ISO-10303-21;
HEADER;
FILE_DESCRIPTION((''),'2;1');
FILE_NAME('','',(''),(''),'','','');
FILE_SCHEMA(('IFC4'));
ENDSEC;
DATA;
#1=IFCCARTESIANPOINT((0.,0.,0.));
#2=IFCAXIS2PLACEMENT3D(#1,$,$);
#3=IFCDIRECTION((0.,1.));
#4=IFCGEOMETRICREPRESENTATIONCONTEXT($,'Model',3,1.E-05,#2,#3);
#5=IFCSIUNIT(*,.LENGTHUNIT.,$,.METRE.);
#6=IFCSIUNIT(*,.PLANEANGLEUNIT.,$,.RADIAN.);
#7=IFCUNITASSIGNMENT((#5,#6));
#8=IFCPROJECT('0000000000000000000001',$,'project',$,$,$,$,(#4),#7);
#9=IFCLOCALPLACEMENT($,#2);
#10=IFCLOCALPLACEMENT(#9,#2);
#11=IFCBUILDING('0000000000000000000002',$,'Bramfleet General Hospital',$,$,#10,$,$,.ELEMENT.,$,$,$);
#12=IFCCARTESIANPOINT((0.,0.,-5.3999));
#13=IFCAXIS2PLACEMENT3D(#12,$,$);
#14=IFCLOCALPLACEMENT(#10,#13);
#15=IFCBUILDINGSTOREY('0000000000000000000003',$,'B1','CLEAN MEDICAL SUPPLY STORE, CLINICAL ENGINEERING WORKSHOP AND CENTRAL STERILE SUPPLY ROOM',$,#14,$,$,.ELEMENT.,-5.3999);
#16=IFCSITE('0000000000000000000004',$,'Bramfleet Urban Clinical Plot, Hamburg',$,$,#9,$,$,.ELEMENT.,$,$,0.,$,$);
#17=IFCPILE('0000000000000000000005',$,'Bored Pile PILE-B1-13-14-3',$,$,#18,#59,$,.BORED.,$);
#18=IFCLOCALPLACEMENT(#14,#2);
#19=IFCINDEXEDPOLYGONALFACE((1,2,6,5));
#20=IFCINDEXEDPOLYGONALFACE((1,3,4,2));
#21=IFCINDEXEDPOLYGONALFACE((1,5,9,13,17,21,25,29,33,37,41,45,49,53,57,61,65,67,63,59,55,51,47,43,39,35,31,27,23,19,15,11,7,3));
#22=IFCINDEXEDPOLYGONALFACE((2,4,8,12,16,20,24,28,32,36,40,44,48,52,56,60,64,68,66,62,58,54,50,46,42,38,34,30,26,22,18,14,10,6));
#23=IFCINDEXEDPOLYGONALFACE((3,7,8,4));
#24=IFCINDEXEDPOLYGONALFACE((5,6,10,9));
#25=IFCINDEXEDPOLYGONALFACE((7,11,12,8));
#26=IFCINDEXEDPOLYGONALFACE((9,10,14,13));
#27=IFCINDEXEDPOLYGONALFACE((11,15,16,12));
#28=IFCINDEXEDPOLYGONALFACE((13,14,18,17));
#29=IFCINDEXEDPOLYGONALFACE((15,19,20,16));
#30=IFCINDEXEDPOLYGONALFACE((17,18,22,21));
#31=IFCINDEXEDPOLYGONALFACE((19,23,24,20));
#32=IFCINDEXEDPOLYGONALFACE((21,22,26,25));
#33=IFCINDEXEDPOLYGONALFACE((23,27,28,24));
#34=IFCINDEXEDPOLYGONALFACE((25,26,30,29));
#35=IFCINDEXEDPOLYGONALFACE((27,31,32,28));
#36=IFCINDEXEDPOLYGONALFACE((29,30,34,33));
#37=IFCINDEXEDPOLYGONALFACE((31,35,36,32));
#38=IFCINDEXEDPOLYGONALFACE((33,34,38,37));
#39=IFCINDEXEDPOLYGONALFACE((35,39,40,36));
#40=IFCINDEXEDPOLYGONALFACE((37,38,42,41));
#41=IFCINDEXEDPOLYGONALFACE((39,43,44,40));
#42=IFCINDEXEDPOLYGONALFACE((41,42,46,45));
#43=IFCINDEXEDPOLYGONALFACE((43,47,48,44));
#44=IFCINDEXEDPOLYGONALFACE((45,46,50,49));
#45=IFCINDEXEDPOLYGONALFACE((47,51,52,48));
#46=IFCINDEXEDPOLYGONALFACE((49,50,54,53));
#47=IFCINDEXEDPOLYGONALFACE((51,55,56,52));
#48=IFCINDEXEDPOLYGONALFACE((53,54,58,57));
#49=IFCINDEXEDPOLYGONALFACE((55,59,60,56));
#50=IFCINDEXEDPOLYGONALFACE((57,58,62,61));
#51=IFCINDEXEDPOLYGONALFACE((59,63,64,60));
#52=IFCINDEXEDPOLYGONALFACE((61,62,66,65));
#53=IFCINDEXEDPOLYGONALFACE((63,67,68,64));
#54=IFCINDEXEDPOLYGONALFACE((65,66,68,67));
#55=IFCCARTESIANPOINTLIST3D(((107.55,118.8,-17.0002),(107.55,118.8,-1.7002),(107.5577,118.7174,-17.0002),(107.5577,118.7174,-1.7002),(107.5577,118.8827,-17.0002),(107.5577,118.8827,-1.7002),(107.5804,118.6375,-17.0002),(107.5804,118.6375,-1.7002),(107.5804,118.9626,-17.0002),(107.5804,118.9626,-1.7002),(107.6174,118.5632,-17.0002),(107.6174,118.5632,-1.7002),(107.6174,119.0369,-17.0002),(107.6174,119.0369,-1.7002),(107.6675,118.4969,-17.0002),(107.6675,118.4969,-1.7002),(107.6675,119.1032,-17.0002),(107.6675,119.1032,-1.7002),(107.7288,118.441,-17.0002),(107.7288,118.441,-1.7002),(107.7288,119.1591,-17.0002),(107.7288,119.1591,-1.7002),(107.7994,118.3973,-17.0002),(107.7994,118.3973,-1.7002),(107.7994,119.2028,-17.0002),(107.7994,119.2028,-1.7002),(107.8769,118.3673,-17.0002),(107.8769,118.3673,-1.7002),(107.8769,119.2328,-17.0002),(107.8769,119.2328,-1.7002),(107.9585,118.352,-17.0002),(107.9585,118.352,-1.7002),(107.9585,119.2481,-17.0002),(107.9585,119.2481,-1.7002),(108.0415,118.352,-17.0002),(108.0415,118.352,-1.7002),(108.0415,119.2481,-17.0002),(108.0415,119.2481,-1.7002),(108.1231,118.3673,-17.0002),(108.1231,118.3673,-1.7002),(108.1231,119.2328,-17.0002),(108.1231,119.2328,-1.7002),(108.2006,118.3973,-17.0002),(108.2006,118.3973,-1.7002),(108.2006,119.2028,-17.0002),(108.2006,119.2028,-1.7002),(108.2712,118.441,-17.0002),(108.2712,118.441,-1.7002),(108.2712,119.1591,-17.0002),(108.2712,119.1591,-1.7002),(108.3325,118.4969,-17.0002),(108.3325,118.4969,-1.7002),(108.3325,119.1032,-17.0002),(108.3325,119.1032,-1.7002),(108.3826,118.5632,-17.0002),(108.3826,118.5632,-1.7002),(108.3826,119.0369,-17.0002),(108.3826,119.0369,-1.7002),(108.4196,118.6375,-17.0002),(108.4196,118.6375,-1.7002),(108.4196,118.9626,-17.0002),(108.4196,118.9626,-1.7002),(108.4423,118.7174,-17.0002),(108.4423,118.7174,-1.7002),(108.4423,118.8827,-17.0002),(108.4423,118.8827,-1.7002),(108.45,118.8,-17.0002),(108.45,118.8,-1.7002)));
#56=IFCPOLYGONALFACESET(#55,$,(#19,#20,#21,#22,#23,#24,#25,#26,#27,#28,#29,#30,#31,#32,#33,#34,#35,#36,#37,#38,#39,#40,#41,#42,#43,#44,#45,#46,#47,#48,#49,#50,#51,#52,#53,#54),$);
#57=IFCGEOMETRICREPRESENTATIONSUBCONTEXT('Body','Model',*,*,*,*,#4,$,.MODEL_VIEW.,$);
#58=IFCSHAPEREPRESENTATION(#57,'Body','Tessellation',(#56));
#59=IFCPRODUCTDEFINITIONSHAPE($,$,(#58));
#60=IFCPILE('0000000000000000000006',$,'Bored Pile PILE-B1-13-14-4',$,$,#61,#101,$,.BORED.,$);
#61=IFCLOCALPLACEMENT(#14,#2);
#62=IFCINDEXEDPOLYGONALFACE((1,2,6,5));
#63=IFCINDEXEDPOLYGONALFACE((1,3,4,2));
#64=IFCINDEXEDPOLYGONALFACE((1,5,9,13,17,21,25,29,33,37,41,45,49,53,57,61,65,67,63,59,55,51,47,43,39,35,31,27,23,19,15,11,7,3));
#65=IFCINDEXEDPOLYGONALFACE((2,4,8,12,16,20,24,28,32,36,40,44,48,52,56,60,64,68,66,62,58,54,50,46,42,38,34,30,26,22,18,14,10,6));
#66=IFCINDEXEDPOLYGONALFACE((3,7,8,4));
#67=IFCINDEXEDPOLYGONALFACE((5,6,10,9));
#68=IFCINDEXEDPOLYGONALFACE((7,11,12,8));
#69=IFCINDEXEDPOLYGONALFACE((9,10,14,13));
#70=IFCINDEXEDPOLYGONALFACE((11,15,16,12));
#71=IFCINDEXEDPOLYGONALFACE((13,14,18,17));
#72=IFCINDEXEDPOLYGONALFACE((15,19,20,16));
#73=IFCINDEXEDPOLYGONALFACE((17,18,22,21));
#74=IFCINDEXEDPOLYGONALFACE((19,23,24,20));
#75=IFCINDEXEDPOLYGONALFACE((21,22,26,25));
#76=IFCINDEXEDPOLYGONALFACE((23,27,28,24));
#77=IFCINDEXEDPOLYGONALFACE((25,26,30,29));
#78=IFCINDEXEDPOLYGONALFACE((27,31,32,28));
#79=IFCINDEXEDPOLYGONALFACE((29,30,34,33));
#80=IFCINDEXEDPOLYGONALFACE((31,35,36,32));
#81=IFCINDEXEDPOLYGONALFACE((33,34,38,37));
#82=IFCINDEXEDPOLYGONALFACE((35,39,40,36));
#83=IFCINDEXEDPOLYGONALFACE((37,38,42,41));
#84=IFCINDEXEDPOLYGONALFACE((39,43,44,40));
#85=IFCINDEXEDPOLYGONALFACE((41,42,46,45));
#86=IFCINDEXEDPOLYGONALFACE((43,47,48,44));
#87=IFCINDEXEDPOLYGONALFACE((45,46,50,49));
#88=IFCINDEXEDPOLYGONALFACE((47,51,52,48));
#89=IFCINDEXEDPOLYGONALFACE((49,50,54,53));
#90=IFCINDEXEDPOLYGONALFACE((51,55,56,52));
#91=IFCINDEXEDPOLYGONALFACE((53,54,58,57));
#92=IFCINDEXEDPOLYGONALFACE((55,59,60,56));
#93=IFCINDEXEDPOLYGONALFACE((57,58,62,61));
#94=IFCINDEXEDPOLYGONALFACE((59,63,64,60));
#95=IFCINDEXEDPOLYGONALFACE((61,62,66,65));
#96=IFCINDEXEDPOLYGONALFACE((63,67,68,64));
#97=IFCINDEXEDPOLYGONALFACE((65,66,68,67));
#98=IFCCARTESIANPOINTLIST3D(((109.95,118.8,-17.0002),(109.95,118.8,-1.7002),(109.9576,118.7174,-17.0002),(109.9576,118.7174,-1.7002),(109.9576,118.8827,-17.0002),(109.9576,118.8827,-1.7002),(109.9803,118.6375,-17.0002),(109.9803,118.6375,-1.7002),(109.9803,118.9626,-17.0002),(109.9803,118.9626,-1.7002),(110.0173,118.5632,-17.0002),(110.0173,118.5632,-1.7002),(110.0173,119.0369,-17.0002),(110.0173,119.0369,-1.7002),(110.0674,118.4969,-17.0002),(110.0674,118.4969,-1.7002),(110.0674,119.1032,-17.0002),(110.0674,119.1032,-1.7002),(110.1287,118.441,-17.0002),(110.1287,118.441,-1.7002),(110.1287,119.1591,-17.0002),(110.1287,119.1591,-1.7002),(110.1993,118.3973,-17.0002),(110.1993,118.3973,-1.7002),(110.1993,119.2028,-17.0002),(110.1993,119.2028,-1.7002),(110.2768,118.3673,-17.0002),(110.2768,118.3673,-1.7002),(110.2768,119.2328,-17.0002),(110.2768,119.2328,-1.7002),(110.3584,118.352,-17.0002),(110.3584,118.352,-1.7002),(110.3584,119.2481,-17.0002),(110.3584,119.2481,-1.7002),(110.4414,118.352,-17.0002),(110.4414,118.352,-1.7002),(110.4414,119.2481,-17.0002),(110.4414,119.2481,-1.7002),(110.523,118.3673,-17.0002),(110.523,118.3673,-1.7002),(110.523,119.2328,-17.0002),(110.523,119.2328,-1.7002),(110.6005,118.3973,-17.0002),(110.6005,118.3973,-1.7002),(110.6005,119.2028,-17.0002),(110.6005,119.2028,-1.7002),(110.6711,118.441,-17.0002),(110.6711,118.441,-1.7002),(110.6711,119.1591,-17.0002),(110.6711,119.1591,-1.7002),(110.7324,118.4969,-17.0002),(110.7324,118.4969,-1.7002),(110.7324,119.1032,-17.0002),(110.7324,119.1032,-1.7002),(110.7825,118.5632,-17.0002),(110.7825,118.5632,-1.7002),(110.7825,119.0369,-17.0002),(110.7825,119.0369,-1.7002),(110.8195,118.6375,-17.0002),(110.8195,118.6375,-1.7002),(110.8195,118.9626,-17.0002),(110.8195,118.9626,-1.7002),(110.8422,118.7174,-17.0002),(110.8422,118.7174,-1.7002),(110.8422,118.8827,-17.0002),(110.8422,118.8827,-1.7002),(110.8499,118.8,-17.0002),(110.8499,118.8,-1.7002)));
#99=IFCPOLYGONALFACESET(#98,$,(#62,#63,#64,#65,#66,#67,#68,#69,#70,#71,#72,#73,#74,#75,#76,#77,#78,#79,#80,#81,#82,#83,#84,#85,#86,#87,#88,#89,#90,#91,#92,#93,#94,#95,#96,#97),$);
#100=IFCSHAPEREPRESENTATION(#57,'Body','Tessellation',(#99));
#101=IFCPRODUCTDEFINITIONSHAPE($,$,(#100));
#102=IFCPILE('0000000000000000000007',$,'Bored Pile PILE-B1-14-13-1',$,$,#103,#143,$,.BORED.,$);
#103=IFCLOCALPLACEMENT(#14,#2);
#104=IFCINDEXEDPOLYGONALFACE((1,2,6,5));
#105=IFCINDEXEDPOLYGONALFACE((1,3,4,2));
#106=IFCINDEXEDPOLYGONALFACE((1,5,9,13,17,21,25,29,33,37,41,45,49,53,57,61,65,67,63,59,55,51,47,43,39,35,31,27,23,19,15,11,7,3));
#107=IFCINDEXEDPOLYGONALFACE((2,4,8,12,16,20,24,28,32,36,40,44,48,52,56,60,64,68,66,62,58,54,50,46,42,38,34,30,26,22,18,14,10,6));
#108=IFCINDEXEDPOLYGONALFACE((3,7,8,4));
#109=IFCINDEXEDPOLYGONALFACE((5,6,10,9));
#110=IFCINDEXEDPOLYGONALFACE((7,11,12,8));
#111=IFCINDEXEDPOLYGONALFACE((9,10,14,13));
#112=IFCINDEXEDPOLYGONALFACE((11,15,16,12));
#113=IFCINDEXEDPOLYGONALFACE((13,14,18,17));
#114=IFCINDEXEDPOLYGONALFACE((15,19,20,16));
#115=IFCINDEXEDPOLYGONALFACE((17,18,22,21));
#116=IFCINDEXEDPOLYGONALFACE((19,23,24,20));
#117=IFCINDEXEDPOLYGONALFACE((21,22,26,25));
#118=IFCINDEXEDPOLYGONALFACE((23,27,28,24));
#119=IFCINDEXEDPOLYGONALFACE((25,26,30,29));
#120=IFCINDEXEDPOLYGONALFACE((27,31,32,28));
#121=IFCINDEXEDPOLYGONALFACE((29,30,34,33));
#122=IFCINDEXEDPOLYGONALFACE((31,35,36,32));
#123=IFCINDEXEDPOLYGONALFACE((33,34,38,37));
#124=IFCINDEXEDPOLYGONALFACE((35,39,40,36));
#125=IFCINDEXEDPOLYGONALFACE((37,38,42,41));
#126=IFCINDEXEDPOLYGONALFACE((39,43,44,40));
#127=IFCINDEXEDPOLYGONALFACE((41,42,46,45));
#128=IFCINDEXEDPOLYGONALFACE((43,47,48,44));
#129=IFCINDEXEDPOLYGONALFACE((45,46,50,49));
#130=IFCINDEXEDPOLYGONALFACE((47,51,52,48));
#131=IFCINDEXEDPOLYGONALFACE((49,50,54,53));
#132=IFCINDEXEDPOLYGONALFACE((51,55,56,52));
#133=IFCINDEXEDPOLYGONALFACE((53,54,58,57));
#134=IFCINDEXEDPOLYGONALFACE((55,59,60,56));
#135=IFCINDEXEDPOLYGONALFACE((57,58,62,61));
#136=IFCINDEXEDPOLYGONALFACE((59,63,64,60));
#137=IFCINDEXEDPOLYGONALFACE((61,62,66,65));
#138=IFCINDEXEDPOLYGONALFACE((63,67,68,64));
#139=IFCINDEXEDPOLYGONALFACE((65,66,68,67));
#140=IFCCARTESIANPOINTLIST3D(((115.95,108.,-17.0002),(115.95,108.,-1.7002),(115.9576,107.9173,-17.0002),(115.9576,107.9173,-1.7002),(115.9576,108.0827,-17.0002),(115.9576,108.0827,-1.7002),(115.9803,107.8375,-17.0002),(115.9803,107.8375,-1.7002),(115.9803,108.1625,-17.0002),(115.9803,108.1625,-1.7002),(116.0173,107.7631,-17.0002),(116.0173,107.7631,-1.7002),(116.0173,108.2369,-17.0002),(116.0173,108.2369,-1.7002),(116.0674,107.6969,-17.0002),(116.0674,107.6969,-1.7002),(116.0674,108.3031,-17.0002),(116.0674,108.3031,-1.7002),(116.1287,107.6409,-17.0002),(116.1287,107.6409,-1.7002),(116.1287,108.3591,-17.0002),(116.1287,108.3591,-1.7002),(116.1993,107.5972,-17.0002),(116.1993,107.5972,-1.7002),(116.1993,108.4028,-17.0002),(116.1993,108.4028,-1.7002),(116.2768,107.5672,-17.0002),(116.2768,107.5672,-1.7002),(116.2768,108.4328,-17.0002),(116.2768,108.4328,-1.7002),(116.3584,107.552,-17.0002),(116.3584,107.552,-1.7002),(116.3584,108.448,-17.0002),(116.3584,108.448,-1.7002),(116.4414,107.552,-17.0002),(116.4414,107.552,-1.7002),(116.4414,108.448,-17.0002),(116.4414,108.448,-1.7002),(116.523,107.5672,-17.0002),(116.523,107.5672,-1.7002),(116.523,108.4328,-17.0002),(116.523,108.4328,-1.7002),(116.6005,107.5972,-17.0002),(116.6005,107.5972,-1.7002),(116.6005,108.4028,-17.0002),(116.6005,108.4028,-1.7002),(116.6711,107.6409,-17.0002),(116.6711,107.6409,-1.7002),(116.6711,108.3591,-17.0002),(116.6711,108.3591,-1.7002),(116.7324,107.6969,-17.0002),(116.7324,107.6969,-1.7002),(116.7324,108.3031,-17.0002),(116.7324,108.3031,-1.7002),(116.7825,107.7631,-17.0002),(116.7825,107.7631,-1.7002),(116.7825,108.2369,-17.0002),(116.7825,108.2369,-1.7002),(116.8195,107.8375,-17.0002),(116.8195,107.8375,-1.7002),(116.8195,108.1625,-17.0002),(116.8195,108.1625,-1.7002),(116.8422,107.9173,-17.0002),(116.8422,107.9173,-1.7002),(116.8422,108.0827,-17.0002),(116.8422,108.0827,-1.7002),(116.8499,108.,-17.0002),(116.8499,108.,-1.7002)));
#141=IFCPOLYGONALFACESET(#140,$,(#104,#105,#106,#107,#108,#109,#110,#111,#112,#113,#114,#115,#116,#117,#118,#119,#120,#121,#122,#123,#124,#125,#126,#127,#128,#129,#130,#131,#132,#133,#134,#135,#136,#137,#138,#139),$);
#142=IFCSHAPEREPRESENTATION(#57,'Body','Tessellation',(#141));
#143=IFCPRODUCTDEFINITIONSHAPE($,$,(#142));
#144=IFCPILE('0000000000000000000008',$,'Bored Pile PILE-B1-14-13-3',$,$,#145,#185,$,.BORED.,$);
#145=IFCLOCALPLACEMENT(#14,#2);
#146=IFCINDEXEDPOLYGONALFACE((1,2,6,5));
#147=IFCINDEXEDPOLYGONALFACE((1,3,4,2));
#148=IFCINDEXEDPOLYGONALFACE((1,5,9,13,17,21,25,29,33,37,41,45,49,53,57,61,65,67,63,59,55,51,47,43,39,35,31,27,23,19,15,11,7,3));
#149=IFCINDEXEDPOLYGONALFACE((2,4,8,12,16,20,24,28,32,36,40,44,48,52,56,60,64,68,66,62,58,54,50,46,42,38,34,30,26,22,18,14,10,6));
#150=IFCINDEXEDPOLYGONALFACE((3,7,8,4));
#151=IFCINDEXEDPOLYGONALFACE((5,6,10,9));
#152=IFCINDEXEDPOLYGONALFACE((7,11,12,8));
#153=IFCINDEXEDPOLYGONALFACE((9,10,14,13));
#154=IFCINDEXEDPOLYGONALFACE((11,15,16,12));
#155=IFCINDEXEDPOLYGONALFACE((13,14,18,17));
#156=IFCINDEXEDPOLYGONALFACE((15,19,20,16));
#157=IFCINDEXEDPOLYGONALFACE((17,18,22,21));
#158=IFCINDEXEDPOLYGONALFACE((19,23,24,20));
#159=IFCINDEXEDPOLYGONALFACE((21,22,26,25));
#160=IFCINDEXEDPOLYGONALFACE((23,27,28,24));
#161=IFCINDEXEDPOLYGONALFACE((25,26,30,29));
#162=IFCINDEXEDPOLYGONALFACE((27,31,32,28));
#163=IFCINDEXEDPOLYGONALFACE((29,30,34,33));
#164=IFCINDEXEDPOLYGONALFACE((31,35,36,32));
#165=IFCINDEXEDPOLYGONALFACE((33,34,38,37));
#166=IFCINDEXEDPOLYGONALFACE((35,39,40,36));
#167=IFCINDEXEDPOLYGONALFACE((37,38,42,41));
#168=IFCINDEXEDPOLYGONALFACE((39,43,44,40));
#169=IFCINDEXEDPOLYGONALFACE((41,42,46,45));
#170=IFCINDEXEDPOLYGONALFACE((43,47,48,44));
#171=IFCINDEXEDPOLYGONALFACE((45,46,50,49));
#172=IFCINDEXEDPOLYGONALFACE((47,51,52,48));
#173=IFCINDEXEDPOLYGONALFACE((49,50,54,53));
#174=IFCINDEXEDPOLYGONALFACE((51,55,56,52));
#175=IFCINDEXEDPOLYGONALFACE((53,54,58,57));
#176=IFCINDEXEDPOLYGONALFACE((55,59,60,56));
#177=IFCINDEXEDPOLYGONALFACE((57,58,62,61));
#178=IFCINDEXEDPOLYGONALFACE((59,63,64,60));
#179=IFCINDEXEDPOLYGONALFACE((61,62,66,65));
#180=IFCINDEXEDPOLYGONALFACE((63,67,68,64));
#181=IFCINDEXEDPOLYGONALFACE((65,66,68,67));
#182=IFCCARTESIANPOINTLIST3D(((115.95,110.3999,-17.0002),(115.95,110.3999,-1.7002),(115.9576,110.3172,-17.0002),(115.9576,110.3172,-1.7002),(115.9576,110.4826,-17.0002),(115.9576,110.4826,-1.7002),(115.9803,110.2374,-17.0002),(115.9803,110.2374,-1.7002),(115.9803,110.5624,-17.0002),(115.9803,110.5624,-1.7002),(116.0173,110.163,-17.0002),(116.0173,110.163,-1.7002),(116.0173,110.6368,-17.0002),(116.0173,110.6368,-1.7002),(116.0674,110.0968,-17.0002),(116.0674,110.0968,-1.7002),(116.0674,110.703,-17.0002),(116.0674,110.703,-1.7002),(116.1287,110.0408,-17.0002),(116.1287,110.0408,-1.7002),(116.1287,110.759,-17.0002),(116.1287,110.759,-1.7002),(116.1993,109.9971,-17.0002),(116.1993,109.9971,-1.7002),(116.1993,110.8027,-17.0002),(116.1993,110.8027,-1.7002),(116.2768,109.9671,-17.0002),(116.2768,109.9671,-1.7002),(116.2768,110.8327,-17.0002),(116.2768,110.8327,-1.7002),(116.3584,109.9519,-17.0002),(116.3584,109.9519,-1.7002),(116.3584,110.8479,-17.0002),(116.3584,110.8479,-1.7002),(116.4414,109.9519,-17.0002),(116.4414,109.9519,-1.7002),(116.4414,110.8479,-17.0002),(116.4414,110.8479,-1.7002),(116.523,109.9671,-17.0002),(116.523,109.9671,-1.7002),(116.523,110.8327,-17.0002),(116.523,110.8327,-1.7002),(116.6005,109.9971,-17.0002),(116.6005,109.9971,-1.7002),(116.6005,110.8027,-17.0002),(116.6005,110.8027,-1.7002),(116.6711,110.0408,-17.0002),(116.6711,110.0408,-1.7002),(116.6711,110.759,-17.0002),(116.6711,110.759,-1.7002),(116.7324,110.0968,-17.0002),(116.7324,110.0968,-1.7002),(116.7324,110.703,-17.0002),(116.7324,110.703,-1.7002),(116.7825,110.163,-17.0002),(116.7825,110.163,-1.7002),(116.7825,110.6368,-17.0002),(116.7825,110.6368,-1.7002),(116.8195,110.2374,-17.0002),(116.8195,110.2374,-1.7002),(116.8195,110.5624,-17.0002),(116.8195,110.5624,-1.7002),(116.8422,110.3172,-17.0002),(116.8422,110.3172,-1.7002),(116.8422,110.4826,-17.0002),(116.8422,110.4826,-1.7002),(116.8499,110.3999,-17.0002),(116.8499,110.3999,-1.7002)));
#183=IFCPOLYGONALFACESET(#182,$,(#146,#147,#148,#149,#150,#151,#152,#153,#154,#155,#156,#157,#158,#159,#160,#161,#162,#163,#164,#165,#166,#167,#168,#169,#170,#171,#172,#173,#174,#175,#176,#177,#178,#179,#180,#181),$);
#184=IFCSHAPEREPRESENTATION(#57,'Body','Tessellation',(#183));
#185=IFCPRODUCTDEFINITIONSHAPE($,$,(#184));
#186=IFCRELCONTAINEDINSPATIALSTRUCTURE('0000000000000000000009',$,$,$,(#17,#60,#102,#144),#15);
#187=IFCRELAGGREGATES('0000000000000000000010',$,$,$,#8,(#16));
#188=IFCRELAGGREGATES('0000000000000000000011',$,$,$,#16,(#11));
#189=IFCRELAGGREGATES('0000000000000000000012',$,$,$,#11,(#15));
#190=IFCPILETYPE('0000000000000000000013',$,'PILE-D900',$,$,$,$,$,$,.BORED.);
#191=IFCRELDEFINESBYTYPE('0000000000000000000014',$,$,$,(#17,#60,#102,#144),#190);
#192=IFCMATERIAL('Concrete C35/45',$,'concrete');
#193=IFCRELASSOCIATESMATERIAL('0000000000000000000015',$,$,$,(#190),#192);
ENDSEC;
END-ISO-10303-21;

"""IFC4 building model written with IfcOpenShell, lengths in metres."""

from ifc_helpers import new_model, si_unit, direction, frame, origin, origin_2d, place, context, subcontext, project, spatial, circle, extrude, material, material_profile, profile_set, type_object, element, save


model = new_model("IFC4")

# Units and contexts
model_context = context("Model", 3, precision=1e-05, world=origin(), true_north=direction((0.0, 1.0)))
body_context = subcontext(model_context, "Body", "Model", "MODEL_VIEW")
ifc_project = project(units=[si_unit("LENGTHUNIT", "METRE"), si_unit("PLANEANGLEUNIT", "RADIAN")], contexts=[model_context])

# Site, building, storey
site_placement = place(None, origin())
site = spatial("IfcSite", under=ifc_project, at=site_placement, Name="Bramfleet Urban Clinical Plot, Hamburg", CompositionType="ELEMENT", RefElevation=0.0)
building_placement = place(site_placement, origin())
building = spatial("IfcBuilding", under=site, at=building_placement, Name="Bramfleet General Hospital", CompositionType="ELEMENT")
storey_placement = place(building_placement, frame((0.0, 0.0, -5.3999)))
storey = spatial("IfcBuildingStorey", under=building, at=storey_placement, Name="B1", Description="CLEAN MEDICAL SUPPLY STORE, CLINICAL ENGINEERING WORKSHOP AND CENTRAL STERILE SUPPLY ROOM", CompositionType="ELEMENT", Elevation=-5.3999)

# Shared definitions
ifc_material_1 = material(Name="Concrete C35/45", Category="concrete")

# Piles
ifc_material_profile_1 = material_profile(ifc_material_1, circle(Radius=0.45, at=origin_2d()), Name="PILE BORED D900")
ifc_profile_set_1 = profile_set([ifc_material_profile_1], Name="Concrete C35/45")
pile_type_1 = type_object("IfcPileType", Name="PILE-D900", PredefinedType="BORED", material=ifc_profile_set_1)
for number, where, z_axis, x_axis, name in (
    (1, (108.0, 118.8, -1.7002), (0.0, 0.0, -1.0), (1.0, 0.0, 0.0), "Bored Pile PILE-B1-13-14-3"),
    (2, (110.3999, 118.8, -1.7002), (0.0, 0.0, -1.0), (1.0, 0.0, 0.0), "Bored Pile PILE-B1-13-14-4"),
    (3, (116.3999, 108.0, -1.7002), (0.0, 0.0, -1.0), (1.0, 0.0, 0.0), "Bored Pile PILE-B1-14-13-1"),
    (4, (116.3999, 110.3999, -1.7002), (0.0, 0.0, -1.0), (1.0, 0.0, 0.0), "Bored Pile PILE-B1-14-13-3"),
):
    element("IfcPile", number, at=place(storey_placement, frame(where, z_axis=z_axis, x_axis=x_axis)), inside=storey, type_object=pile_type_1, Name=name, PredefinedType="BORED", context=body_context, shape_type="SweptSolid", body=[
        extrude(circle(Radius=0.45, at=origin_2d()), origin(), (0.0, 0.0, 1.0), 15.3),
    ])

save(model, "model.ifc")
